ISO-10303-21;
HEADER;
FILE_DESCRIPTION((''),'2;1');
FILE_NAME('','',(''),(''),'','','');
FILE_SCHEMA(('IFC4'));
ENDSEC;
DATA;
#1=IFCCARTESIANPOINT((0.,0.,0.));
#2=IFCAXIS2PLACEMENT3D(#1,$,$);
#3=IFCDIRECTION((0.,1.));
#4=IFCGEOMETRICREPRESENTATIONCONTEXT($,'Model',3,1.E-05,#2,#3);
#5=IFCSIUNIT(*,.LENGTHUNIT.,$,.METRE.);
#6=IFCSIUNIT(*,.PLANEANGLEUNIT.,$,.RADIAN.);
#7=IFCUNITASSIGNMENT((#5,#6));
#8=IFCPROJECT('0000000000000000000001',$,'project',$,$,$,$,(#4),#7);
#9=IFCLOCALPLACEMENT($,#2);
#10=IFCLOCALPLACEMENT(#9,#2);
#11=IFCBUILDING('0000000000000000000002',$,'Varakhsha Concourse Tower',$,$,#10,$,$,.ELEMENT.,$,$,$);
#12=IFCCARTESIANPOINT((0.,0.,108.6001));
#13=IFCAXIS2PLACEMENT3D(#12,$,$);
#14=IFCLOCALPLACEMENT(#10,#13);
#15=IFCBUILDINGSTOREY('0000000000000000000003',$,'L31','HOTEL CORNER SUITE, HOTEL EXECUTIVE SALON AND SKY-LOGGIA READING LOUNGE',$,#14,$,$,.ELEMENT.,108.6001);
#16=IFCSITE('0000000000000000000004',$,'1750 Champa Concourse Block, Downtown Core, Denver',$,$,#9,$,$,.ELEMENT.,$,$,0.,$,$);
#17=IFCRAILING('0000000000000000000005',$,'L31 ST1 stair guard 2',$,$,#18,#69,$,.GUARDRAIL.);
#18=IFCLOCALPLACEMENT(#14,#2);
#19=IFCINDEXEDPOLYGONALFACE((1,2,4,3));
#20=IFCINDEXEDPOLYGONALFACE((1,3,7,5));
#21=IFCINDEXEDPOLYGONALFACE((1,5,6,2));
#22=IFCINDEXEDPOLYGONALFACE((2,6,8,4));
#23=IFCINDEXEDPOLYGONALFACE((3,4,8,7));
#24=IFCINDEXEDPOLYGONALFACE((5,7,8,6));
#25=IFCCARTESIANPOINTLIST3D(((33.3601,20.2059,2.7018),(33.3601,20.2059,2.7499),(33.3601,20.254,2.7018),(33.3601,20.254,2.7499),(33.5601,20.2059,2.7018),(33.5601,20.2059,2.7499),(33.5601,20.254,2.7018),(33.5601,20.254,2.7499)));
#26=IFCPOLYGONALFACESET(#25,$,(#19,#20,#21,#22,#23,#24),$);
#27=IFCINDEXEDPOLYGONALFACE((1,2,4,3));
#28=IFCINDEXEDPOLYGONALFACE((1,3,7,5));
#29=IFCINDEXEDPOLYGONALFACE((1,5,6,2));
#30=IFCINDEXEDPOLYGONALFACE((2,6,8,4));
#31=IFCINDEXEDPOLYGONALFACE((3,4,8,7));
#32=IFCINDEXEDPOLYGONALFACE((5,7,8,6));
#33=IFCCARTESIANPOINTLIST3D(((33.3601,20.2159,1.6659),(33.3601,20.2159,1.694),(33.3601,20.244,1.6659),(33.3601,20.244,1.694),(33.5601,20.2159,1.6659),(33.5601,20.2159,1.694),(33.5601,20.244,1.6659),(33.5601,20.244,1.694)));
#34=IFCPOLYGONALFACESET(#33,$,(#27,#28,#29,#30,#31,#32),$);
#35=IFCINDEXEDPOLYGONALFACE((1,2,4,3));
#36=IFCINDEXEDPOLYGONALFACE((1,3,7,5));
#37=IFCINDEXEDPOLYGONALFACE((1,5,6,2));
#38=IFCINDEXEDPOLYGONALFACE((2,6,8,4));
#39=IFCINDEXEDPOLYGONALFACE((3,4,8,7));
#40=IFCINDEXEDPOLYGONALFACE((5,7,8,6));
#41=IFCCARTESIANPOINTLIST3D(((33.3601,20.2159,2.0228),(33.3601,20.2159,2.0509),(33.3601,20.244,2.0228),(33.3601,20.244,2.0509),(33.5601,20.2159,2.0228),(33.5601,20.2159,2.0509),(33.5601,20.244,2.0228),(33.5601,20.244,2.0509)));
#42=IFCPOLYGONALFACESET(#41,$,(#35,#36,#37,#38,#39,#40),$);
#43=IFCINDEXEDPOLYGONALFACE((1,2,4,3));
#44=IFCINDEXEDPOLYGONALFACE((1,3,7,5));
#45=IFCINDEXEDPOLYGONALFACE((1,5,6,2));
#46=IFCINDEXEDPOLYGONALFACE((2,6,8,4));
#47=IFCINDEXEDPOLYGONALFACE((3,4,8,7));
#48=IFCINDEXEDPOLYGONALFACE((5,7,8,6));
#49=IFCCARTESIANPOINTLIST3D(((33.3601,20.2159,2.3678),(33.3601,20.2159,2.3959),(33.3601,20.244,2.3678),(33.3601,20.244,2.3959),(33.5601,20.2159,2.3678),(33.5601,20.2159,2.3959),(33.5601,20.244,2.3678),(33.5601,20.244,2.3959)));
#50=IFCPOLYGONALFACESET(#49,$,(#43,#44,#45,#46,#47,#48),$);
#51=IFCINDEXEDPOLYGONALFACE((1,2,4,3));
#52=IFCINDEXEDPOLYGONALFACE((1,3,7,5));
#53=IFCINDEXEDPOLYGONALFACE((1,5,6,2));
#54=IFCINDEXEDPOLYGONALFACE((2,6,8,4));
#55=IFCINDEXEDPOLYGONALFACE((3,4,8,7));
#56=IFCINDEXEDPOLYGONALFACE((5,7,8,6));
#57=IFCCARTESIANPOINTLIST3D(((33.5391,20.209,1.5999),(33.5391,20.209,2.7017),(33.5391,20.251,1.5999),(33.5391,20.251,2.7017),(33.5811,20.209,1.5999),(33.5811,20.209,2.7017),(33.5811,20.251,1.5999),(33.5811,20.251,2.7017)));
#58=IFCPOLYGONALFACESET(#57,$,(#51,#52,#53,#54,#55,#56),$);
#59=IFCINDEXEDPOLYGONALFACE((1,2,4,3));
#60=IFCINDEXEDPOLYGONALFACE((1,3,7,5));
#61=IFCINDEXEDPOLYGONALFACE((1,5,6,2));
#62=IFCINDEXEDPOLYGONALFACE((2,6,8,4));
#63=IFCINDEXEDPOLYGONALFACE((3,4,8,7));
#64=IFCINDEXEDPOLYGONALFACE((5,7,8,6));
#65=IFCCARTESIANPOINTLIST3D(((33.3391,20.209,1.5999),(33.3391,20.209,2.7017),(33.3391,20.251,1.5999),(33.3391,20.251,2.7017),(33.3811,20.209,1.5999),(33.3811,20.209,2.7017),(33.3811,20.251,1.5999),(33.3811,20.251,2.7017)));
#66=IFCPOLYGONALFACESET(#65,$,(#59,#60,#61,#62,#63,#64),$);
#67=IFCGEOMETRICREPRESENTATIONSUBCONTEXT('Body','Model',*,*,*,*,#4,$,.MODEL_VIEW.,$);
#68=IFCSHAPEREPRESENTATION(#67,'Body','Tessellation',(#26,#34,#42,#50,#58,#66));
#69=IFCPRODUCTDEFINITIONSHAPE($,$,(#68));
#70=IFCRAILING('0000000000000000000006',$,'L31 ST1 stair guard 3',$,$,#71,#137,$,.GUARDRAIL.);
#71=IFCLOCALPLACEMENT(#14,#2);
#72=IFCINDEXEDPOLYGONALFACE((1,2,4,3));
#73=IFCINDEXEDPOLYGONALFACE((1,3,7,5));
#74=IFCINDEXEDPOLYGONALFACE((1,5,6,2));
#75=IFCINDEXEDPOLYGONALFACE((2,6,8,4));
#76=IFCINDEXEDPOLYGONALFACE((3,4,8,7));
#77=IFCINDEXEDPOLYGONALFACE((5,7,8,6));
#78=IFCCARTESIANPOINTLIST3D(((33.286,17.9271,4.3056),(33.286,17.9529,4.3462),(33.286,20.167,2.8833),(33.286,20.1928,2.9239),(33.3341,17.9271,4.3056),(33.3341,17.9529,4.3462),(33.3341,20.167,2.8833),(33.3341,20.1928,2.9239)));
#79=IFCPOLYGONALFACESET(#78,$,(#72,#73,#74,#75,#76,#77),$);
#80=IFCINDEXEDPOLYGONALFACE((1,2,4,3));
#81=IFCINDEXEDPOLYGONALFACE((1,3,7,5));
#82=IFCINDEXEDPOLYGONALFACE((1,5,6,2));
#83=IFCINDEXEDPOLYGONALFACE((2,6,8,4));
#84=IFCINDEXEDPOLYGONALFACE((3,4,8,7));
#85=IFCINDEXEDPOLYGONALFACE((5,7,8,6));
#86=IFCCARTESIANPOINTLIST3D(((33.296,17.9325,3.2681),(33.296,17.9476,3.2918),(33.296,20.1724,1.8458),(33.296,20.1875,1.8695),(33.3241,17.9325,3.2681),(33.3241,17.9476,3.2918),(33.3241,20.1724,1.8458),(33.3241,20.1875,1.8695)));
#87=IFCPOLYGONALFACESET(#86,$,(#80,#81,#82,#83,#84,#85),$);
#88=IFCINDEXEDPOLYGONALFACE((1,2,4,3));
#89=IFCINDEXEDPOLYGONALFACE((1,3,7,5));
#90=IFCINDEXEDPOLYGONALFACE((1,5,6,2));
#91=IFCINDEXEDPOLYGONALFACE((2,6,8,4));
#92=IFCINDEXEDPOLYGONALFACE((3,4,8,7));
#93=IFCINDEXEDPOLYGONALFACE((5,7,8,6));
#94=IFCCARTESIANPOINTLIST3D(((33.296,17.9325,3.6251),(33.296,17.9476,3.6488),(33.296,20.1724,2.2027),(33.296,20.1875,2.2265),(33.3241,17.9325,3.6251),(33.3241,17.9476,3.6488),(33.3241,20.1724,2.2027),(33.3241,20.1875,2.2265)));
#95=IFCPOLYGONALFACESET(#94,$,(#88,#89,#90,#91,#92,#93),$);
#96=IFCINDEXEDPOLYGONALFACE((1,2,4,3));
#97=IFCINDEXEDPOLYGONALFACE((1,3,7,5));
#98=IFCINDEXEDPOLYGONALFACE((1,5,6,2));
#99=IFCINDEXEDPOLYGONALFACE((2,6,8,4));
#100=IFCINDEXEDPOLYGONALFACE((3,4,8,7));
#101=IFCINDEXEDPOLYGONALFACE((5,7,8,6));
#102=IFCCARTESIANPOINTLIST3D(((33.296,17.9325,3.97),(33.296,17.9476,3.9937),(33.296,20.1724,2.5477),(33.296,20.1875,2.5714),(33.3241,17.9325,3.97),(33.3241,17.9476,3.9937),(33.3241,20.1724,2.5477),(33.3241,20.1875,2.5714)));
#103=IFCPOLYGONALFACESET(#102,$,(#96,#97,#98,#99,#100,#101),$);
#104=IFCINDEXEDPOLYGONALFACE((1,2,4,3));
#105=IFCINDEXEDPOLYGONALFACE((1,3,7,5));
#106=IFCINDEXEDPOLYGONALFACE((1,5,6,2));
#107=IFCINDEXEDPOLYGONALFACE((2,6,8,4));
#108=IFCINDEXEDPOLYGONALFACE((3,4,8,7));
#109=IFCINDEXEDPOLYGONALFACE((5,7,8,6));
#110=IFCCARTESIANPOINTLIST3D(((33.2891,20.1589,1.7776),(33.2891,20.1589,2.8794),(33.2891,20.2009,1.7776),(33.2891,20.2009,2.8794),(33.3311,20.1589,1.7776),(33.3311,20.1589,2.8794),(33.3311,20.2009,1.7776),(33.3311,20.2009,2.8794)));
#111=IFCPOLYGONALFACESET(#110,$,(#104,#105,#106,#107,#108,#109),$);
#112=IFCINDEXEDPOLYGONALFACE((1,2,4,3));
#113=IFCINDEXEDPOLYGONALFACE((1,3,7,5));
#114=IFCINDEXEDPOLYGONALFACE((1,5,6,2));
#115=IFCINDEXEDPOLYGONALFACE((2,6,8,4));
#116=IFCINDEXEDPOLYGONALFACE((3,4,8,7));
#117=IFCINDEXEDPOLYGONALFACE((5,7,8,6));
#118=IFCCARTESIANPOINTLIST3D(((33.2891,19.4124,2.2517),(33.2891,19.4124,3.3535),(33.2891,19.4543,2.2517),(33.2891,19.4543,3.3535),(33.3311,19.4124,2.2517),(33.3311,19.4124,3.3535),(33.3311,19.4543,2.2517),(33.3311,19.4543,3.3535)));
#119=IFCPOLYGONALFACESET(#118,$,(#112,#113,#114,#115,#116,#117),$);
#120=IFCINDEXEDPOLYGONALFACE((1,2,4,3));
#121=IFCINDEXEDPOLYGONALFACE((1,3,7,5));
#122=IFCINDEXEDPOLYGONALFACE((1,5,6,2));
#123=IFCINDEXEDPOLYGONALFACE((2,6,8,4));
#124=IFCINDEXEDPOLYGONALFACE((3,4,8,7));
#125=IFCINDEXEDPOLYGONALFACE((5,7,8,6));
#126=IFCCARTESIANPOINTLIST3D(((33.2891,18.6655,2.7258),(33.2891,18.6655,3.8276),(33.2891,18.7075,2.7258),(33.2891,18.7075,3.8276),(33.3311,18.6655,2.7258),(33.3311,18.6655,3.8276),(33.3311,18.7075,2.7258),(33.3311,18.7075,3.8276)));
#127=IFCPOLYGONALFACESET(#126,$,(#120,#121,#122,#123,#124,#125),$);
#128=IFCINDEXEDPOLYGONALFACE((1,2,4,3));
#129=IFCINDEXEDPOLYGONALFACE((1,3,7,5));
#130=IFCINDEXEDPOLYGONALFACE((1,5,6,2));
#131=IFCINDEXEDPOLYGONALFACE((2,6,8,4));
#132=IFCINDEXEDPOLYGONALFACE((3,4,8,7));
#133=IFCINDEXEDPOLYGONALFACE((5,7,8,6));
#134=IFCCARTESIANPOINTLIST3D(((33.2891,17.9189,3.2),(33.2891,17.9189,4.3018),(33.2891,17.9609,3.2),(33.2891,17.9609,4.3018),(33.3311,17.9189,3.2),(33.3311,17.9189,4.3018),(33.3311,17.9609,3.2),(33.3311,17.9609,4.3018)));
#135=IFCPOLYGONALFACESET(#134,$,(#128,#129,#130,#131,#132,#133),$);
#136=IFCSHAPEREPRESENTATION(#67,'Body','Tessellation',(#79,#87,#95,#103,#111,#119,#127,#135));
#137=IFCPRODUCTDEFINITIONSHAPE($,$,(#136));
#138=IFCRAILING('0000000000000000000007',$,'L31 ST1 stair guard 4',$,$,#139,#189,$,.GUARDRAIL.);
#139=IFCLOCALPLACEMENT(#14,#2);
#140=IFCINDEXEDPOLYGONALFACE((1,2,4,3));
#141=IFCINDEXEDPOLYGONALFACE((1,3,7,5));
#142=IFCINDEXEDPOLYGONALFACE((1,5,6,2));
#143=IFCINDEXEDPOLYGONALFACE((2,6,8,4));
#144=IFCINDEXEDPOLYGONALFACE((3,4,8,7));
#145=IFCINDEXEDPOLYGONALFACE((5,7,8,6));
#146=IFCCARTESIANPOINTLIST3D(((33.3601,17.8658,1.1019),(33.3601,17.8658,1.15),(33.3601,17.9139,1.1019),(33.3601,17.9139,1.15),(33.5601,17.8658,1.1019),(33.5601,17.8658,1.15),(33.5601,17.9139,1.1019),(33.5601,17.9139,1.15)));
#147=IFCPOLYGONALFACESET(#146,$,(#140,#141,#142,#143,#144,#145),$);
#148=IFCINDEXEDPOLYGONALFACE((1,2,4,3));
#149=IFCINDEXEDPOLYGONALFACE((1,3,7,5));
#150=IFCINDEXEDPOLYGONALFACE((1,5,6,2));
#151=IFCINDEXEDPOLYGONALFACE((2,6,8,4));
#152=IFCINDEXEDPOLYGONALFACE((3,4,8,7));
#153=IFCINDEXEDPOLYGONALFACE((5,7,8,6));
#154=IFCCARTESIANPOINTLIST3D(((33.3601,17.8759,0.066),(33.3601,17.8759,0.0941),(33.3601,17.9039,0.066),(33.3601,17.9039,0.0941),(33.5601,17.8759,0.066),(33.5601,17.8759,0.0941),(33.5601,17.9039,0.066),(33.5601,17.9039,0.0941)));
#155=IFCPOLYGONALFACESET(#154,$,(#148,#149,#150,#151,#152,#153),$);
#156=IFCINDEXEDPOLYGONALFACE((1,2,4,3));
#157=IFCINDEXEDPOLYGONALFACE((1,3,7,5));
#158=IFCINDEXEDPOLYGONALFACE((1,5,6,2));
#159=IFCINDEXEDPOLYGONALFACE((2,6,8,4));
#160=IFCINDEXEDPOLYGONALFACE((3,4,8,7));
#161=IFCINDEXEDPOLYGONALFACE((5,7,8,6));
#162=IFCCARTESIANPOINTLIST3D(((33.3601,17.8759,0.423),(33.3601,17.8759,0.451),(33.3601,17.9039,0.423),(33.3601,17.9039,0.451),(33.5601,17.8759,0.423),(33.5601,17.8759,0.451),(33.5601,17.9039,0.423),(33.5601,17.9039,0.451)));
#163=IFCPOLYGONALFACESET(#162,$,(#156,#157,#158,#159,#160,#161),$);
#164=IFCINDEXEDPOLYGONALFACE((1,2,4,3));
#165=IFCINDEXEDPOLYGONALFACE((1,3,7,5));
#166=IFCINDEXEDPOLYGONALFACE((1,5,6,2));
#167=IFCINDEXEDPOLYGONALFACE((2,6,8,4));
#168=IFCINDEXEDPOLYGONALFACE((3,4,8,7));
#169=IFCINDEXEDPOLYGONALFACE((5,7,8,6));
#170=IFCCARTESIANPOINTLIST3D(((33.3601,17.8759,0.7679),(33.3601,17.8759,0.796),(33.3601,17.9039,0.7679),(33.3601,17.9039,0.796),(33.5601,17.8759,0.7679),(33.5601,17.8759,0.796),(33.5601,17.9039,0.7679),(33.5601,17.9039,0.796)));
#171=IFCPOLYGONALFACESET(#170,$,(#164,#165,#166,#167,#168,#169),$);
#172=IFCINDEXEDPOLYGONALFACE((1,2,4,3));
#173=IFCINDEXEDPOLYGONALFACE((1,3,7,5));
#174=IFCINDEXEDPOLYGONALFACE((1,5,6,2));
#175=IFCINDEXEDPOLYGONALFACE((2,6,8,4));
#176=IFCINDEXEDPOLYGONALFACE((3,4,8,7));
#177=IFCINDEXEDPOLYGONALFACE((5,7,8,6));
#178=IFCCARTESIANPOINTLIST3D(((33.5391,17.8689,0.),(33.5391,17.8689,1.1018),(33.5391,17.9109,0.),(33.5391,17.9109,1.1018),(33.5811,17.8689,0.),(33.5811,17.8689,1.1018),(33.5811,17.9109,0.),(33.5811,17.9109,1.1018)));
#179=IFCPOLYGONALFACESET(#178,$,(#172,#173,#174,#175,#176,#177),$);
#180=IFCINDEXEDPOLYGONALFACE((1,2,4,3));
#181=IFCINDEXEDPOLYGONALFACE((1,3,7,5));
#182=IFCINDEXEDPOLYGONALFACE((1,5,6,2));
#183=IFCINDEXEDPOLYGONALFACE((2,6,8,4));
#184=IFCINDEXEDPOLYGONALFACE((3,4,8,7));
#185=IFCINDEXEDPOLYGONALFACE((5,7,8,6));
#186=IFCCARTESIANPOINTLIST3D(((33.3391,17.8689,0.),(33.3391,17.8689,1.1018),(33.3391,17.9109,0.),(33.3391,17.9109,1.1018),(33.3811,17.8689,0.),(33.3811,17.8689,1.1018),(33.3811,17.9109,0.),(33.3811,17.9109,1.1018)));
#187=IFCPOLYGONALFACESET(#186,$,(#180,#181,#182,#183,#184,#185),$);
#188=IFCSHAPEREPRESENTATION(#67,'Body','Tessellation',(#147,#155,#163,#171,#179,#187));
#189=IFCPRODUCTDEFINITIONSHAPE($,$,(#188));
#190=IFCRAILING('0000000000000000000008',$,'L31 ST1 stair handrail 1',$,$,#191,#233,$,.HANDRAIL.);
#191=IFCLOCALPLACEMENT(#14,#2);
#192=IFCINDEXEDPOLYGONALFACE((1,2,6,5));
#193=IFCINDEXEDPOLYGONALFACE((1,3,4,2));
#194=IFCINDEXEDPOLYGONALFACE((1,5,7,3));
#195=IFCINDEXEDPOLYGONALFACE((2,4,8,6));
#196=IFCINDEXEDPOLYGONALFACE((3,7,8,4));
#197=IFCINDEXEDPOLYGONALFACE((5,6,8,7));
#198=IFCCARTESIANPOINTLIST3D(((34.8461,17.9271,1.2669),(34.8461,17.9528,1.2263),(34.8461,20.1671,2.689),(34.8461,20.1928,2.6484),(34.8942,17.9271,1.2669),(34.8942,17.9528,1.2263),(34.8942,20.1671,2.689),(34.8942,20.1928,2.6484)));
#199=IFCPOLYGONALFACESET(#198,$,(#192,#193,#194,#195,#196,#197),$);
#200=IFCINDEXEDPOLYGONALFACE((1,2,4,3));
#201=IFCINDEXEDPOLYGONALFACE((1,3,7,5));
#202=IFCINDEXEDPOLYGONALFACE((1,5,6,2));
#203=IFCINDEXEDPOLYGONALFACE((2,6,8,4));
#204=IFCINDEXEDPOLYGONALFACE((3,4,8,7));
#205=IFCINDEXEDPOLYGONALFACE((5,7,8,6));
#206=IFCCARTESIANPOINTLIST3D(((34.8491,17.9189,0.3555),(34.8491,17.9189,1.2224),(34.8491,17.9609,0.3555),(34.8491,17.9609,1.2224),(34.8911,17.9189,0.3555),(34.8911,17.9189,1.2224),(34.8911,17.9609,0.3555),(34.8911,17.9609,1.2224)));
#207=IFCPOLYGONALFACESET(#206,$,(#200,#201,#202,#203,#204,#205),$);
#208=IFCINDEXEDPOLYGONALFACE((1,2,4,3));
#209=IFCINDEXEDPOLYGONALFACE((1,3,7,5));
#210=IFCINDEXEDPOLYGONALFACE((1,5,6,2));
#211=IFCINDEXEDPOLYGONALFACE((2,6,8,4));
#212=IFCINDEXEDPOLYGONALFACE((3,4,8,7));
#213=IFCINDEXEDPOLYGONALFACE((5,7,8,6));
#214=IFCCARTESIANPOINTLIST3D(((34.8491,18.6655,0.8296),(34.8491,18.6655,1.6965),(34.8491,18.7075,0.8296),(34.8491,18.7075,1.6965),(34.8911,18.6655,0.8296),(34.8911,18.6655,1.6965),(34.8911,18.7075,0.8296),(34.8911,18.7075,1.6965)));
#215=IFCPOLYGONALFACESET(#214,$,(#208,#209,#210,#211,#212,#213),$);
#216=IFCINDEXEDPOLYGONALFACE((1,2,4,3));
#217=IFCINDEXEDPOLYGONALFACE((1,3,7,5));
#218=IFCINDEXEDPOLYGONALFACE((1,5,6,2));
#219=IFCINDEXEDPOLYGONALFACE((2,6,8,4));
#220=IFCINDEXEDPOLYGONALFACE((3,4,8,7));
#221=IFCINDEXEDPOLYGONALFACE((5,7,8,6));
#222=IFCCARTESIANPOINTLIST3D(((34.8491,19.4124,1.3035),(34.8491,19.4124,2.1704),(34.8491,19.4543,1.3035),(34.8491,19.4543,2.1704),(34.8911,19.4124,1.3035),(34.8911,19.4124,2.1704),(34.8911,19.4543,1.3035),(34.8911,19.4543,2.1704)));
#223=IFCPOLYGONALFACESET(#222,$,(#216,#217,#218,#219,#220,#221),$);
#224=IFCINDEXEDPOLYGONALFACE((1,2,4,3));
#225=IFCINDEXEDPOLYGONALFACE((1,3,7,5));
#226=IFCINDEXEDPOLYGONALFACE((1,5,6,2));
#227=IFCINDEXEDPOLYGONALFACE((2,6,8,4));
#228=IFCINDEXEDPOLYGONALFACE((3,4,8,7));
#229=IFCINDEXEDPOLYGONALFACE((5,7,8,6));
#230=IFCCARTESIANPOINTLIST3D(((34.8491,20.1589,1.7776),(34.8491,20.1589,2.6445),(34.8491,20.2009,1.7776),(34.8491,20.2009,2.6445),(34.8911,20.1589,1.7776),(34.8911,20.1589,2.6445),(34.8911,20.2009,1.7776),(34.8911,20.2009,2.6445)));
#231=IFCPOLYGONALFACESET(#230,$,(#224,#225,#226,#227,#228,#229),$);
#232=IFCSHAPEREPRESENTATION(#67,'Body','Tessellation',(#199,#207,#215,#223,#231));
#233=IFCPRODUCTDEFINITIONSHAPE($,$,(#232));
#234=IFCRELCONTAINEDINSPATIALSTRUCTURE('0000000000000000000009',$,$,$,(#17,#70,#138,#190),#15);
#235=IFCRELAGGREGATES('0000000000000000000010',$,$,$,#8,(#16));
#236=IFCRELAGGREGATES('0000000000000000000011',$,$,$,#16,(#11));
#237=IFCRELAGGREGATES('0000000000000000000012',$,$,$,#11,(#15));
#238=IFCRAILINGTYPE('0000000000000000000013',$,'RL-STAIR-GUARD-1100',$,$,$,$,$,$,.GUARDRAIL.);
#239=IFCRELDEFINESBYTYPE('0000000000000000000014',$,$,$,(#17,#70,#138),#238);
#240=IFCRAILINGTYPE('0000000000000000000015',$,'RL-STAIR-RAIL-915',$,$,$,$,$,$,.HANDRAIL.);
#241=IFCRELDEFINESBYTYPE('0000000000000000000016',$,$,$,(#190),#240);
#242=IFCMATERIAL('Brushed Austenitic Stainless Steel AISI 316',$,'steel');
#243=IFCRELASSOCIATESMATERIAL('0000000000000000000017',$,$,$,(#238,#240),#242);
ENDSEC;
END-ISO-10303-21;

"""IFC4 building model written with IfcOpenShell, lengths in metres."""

from ifc_helpers import new_model, si_unit, direction, frame, origin, origin_2d, place, context, subcontext, project, spatial, rectangle, extrude, material, type_object, element, save


model = new_model("IFC4")

# Units and contexts
model_context = context("Model", 3, precision=1e-05, world=origin(), true_north=direction((0.0, 1.0)))
body_context = subcontext(model_context, "Body", "Model", "MODEL_VIEW")
ifc_project = project(units=[si_unit("LENGTHUNIT", "METRE"), si_unit("PLANEANGLEUNIT", "RADIAN")], contexts=[model_context])

# Site, building, storey
site_placement = place(None, origin())
site = spatial("IfcSite", under=ifc_project, at=site_placement, Name="1750 Champa Concourse Block, Downtown Core, Denver", CompositionType="ELEMENT", RefElevation=0.0)
building_placement = place(site_placement, origin())
building = spatial("IfcBuilding", under=site, at=building_placement, Name="Varakhsha Concourse Tower", CompositionType="ELEMENT")
storey_placement = place(building_placement, frame((0.0, 0.0, 108.6001)))
storey = spatial("IfcBuildingStorey", under=building, at=storey_placement, Name="L31", Description="HOTEL CORNER SUITE, HOTEL EXECUTIVE SALON AND SKY-LOGGIA READING LOUNGE", CompositionType="ELEMENT", Elevation=108.6001)

# Shared definitions
ifc_material_1 = material(Name="Brushed Austenitic Stainless Steel AISI 316", Category="steel")

# Railings
railing_type_1 = type_object("IfcRailingType", Name="RL-STAIR-GUARD-1100", PredefinedType="GUARDRAIL", material=ifc_material_1)
railing_1_placement = place(storey_placement, frame((33.5601, 20.23, 1.5999)))
element("IfcRailing", 1, at=railing_1_placement, inside=storey, type_object=railing_type_1, Name="L31 ST1 stair guard 2", PredefinedType="GUARDRAIL", context=body_context, shape_type="SweptSolid", body=[
    extrude(rectangle(XDim=0.0481, YDim=0.0481, at=origin_2d()), frame((0.0, 0.0, 1.126), z_axis=(-1.0, 0.0, 0.0), x_axis=(0.0, -1.0, 0.0)), (0.0, 0.0, 1.0), 0.2),
    extrude(rectangle(XDim=0.0281, YDim=0.0281, at=origin_2d()), frame((0.0, 0.0, 0.0801), z_axis=(-1.0, 0.0, 0.0), x_axis=(0.0, -1.0, 0.0)), (0.0, 0.0, 1.0), 0.2),
    extrude(rectangle(XDim=0.0281, YDim=0.0281, at=origin_2d()), frame((0.0, 0.0, 0.437), z_axis=(-1.0, 0.0, 0.0), x_axis=(0.0, -1.0, 0.0)), (0.0, 0.0, 1.0), 0.2),
    extrude(rectangle(XDim=0.0281, YDim=0.0281, at=origin_2d()), frame((0.0, 0.0, 0.782), z_axis=(-1.0, 0.0, 0.0), x_axis=(0.0, -1.0, 0.0)), (0.0, 0.0, 1.0), 0.2),
    extrude(rectangle(XDim=0.042, YDim=0.042, at=origin_2d()), origin(), (0.0, 0.0, 1.0), 1.1018),
    extrude(rectangle(XDim=0.042, YDim=0.042, at=origin_2d()), frame((-0.2, 0.0, 0.0)), (0.0, 0.0, 1.0), 1.1018),
])
railing_2_placement = place(storey_placement, frame((33.3101, 20.1799, 1.7776)))
element("IfcRailing", 2, at=railing_2_placement, inside=storey, type_object=railing_type_1, Name="L31 ST1 stair guard 3", PredefinedType="GUARDRAIL", context=body_context, shape_type="SweptSolid", body=[
    extrude(rectangle(XDim=0.0481, YDim=0.0481, at=origin_2d()), frame((0.0, 0.0, 1.126), z_axis=(0.0, -0.844188, 0.536048), x_axis=(1.0, 0.0, 0.0)), (0.0, 0.0, 1.0), 2.6533),
    extrude(rectangle(XDim=0.0281, YDim=0.0281, at=origin_2d()), frame((0.0, 0.0, 0.0801), z_axis=(0.0, -0.844188, 0.536048), x_axis=(1.0, 0.0, 0.0)), (0.0, 0.0, 1.0), 2.6533),
    extrude(rectangle(XDim=0.0281, YDim=0.0281, at=origin_2d()), frame((0.0, 0.0, 0.437), z_axis=(0.0, -0.844188, 0.536048), x_axis=(1.0, 0.0, 0.0)), (0.0, 0.0, 1.0), 2.6533),
    extrude(rectangle(XDim=0.0281, YDim=0.0281, at=origin_2d()), frame((0.0, 0.0, 0.782), z_axis=(0.0, -0.844188, 0.536048), x_axis=(1.0, 0.0, 0.0)), (0.0, 0.0, 1.0), 2.6533),
    extrude(rectangle(XDim=0.042, YDim=0.042, at=origin_2d()), origin(), (0.0, 0.0, 1.0), 1.1018),
    extrude(rectangle(XDim=0.042, YDim=0.042, at=origin_2d()), frame((0.0, -0.7466, 0.4741)), (0.0, 0.0, 1.0), 1.1018),
    extrude(rectangle(XDim=0.042, YDim=0.042, at=origin_2d()), frame((0.0, -1.4934, 0.9482)), (0.0, 0.0, 1.0), 1.1018),
    extrude(rectangle(XDim=0.042, YDim=0.042, at=origin_2d()), frame((0.0, -2.24, 1.4224)), (0.0, 0.0, 1.0), 1.1018),
])
railing_3_placement = place(storey_placement, frame((33.5601, 17.8899, 0.0)))
element("IfcRailing", 3, at=railing_3_placement, inside=storey, type_object=railing_type_1, Name="L31 ST1 stair guard 4", PredefinedType="GUARDRAIL", context=body_context, shape_type="SweptSolid", body=[
    extrude(rectangle(XDim=0.0481, YDim=0.0481, at=origin_2d()), frame((0.0, 0.0, 1.126), z_axis=(-1.0, 0.0, 0.0), x_axis=(0.0, -1.0, 0.0)), (0.0, 0.0, 1.0), 0.2),
    extrude(rectangle(XDim=0.0281, YDim=0.0281, at=origin_2d()), frame((0.0, 0.0, 0.0801), z_axis=(-1.0, 0.0, 0.0), x_axis=(0.0, -1.0, 0.0)), (0.0, 0.0, 1.0), 0.2),
    extrude(rectangle(XDim=0.0281, YDim=0.0281, at=origin_2d()), frame((0.0, 0.0, 0.437), z_axis=(-1.0, 0.0, 0.0), x_axis=(0.0, -1.0, 0.0)), (0.0, 0.0, 1.0), 0.2),
    extrude(rectangle(XDim=0.0281, YDim=0.0281, at=origin_2d()), frame((0.0, 0.0, 0.782), z_axis=(-1.0, 0.0, 0.0), x_axis=(0.0, -1.0, 0.0)), (0.0, 0.0, 1.0), 0.2),
    extrude(rectangle(XDim=0.042, YDim=0.042, at=origin_2d()), origin(), (0.0, 0.0, 1.0), 1.1018),
    extrude(rectangle(XDim=0.042, YDim=0.042, at=origin_2d()), frame((-0.2, 0.0, 0.0)), (0.0, 0.0, 1.0), 1.1018),
])
railing_type_2 = type_object("IfcRailingType", Name="RL-STAIR-RAIL-915", PredefinedType="HANDRAIL", material=ifc_material_1)
railing_4_placement = place(storey_placement, frame((34.8701, 17.9399, 0.3555)))
element("IfcRailing", 4, at=railing_4_placement, inside=storey, type_object=railing_type_2, Name="L31 ST1 stair handrail 1", PredefinedType="HANDRAIL", context=body_context, shape_type="SweptSolid", body=[
    extrude(rectangle(XDim=0.0481, YDim=0.0481, at=origin_2d()), frame((0.0, 0.0, 0.8911), z_axis=(0.0, 0.844229, 0.535982), x_axis=(-1.0, 0.0, 0.0)), (0.0, 0.0, 1.0), 2.6533),
    extrude(rectangle(XDim=0.042, YDim=0.042, at=origin_2d()), origin(), (0.0, 0.0, 1.0), 0.8669),
    extrude(rectangle(XDim=0.042, YDim=0.042, at=origin_2d()), frame((0.0, 0.7466, 0.4741)), (0.0, 0.0, 1.0), 0.8669),
    extrude(rectangle(XDim=0.042, YDim=0.042, at=origin_2d()), frame((0.0, 1.4934, 0.948)), (0.0, 0.0, 1.0), 0.8669),
    extrude(rectangle(XDim=0.042, YDim=0.042, at=origin_2d()), frame((0.0, 2.24, 1.4221)), (0.0, 0.0, 1.0), 0.8669),
])

save(model, "model.ifc")
